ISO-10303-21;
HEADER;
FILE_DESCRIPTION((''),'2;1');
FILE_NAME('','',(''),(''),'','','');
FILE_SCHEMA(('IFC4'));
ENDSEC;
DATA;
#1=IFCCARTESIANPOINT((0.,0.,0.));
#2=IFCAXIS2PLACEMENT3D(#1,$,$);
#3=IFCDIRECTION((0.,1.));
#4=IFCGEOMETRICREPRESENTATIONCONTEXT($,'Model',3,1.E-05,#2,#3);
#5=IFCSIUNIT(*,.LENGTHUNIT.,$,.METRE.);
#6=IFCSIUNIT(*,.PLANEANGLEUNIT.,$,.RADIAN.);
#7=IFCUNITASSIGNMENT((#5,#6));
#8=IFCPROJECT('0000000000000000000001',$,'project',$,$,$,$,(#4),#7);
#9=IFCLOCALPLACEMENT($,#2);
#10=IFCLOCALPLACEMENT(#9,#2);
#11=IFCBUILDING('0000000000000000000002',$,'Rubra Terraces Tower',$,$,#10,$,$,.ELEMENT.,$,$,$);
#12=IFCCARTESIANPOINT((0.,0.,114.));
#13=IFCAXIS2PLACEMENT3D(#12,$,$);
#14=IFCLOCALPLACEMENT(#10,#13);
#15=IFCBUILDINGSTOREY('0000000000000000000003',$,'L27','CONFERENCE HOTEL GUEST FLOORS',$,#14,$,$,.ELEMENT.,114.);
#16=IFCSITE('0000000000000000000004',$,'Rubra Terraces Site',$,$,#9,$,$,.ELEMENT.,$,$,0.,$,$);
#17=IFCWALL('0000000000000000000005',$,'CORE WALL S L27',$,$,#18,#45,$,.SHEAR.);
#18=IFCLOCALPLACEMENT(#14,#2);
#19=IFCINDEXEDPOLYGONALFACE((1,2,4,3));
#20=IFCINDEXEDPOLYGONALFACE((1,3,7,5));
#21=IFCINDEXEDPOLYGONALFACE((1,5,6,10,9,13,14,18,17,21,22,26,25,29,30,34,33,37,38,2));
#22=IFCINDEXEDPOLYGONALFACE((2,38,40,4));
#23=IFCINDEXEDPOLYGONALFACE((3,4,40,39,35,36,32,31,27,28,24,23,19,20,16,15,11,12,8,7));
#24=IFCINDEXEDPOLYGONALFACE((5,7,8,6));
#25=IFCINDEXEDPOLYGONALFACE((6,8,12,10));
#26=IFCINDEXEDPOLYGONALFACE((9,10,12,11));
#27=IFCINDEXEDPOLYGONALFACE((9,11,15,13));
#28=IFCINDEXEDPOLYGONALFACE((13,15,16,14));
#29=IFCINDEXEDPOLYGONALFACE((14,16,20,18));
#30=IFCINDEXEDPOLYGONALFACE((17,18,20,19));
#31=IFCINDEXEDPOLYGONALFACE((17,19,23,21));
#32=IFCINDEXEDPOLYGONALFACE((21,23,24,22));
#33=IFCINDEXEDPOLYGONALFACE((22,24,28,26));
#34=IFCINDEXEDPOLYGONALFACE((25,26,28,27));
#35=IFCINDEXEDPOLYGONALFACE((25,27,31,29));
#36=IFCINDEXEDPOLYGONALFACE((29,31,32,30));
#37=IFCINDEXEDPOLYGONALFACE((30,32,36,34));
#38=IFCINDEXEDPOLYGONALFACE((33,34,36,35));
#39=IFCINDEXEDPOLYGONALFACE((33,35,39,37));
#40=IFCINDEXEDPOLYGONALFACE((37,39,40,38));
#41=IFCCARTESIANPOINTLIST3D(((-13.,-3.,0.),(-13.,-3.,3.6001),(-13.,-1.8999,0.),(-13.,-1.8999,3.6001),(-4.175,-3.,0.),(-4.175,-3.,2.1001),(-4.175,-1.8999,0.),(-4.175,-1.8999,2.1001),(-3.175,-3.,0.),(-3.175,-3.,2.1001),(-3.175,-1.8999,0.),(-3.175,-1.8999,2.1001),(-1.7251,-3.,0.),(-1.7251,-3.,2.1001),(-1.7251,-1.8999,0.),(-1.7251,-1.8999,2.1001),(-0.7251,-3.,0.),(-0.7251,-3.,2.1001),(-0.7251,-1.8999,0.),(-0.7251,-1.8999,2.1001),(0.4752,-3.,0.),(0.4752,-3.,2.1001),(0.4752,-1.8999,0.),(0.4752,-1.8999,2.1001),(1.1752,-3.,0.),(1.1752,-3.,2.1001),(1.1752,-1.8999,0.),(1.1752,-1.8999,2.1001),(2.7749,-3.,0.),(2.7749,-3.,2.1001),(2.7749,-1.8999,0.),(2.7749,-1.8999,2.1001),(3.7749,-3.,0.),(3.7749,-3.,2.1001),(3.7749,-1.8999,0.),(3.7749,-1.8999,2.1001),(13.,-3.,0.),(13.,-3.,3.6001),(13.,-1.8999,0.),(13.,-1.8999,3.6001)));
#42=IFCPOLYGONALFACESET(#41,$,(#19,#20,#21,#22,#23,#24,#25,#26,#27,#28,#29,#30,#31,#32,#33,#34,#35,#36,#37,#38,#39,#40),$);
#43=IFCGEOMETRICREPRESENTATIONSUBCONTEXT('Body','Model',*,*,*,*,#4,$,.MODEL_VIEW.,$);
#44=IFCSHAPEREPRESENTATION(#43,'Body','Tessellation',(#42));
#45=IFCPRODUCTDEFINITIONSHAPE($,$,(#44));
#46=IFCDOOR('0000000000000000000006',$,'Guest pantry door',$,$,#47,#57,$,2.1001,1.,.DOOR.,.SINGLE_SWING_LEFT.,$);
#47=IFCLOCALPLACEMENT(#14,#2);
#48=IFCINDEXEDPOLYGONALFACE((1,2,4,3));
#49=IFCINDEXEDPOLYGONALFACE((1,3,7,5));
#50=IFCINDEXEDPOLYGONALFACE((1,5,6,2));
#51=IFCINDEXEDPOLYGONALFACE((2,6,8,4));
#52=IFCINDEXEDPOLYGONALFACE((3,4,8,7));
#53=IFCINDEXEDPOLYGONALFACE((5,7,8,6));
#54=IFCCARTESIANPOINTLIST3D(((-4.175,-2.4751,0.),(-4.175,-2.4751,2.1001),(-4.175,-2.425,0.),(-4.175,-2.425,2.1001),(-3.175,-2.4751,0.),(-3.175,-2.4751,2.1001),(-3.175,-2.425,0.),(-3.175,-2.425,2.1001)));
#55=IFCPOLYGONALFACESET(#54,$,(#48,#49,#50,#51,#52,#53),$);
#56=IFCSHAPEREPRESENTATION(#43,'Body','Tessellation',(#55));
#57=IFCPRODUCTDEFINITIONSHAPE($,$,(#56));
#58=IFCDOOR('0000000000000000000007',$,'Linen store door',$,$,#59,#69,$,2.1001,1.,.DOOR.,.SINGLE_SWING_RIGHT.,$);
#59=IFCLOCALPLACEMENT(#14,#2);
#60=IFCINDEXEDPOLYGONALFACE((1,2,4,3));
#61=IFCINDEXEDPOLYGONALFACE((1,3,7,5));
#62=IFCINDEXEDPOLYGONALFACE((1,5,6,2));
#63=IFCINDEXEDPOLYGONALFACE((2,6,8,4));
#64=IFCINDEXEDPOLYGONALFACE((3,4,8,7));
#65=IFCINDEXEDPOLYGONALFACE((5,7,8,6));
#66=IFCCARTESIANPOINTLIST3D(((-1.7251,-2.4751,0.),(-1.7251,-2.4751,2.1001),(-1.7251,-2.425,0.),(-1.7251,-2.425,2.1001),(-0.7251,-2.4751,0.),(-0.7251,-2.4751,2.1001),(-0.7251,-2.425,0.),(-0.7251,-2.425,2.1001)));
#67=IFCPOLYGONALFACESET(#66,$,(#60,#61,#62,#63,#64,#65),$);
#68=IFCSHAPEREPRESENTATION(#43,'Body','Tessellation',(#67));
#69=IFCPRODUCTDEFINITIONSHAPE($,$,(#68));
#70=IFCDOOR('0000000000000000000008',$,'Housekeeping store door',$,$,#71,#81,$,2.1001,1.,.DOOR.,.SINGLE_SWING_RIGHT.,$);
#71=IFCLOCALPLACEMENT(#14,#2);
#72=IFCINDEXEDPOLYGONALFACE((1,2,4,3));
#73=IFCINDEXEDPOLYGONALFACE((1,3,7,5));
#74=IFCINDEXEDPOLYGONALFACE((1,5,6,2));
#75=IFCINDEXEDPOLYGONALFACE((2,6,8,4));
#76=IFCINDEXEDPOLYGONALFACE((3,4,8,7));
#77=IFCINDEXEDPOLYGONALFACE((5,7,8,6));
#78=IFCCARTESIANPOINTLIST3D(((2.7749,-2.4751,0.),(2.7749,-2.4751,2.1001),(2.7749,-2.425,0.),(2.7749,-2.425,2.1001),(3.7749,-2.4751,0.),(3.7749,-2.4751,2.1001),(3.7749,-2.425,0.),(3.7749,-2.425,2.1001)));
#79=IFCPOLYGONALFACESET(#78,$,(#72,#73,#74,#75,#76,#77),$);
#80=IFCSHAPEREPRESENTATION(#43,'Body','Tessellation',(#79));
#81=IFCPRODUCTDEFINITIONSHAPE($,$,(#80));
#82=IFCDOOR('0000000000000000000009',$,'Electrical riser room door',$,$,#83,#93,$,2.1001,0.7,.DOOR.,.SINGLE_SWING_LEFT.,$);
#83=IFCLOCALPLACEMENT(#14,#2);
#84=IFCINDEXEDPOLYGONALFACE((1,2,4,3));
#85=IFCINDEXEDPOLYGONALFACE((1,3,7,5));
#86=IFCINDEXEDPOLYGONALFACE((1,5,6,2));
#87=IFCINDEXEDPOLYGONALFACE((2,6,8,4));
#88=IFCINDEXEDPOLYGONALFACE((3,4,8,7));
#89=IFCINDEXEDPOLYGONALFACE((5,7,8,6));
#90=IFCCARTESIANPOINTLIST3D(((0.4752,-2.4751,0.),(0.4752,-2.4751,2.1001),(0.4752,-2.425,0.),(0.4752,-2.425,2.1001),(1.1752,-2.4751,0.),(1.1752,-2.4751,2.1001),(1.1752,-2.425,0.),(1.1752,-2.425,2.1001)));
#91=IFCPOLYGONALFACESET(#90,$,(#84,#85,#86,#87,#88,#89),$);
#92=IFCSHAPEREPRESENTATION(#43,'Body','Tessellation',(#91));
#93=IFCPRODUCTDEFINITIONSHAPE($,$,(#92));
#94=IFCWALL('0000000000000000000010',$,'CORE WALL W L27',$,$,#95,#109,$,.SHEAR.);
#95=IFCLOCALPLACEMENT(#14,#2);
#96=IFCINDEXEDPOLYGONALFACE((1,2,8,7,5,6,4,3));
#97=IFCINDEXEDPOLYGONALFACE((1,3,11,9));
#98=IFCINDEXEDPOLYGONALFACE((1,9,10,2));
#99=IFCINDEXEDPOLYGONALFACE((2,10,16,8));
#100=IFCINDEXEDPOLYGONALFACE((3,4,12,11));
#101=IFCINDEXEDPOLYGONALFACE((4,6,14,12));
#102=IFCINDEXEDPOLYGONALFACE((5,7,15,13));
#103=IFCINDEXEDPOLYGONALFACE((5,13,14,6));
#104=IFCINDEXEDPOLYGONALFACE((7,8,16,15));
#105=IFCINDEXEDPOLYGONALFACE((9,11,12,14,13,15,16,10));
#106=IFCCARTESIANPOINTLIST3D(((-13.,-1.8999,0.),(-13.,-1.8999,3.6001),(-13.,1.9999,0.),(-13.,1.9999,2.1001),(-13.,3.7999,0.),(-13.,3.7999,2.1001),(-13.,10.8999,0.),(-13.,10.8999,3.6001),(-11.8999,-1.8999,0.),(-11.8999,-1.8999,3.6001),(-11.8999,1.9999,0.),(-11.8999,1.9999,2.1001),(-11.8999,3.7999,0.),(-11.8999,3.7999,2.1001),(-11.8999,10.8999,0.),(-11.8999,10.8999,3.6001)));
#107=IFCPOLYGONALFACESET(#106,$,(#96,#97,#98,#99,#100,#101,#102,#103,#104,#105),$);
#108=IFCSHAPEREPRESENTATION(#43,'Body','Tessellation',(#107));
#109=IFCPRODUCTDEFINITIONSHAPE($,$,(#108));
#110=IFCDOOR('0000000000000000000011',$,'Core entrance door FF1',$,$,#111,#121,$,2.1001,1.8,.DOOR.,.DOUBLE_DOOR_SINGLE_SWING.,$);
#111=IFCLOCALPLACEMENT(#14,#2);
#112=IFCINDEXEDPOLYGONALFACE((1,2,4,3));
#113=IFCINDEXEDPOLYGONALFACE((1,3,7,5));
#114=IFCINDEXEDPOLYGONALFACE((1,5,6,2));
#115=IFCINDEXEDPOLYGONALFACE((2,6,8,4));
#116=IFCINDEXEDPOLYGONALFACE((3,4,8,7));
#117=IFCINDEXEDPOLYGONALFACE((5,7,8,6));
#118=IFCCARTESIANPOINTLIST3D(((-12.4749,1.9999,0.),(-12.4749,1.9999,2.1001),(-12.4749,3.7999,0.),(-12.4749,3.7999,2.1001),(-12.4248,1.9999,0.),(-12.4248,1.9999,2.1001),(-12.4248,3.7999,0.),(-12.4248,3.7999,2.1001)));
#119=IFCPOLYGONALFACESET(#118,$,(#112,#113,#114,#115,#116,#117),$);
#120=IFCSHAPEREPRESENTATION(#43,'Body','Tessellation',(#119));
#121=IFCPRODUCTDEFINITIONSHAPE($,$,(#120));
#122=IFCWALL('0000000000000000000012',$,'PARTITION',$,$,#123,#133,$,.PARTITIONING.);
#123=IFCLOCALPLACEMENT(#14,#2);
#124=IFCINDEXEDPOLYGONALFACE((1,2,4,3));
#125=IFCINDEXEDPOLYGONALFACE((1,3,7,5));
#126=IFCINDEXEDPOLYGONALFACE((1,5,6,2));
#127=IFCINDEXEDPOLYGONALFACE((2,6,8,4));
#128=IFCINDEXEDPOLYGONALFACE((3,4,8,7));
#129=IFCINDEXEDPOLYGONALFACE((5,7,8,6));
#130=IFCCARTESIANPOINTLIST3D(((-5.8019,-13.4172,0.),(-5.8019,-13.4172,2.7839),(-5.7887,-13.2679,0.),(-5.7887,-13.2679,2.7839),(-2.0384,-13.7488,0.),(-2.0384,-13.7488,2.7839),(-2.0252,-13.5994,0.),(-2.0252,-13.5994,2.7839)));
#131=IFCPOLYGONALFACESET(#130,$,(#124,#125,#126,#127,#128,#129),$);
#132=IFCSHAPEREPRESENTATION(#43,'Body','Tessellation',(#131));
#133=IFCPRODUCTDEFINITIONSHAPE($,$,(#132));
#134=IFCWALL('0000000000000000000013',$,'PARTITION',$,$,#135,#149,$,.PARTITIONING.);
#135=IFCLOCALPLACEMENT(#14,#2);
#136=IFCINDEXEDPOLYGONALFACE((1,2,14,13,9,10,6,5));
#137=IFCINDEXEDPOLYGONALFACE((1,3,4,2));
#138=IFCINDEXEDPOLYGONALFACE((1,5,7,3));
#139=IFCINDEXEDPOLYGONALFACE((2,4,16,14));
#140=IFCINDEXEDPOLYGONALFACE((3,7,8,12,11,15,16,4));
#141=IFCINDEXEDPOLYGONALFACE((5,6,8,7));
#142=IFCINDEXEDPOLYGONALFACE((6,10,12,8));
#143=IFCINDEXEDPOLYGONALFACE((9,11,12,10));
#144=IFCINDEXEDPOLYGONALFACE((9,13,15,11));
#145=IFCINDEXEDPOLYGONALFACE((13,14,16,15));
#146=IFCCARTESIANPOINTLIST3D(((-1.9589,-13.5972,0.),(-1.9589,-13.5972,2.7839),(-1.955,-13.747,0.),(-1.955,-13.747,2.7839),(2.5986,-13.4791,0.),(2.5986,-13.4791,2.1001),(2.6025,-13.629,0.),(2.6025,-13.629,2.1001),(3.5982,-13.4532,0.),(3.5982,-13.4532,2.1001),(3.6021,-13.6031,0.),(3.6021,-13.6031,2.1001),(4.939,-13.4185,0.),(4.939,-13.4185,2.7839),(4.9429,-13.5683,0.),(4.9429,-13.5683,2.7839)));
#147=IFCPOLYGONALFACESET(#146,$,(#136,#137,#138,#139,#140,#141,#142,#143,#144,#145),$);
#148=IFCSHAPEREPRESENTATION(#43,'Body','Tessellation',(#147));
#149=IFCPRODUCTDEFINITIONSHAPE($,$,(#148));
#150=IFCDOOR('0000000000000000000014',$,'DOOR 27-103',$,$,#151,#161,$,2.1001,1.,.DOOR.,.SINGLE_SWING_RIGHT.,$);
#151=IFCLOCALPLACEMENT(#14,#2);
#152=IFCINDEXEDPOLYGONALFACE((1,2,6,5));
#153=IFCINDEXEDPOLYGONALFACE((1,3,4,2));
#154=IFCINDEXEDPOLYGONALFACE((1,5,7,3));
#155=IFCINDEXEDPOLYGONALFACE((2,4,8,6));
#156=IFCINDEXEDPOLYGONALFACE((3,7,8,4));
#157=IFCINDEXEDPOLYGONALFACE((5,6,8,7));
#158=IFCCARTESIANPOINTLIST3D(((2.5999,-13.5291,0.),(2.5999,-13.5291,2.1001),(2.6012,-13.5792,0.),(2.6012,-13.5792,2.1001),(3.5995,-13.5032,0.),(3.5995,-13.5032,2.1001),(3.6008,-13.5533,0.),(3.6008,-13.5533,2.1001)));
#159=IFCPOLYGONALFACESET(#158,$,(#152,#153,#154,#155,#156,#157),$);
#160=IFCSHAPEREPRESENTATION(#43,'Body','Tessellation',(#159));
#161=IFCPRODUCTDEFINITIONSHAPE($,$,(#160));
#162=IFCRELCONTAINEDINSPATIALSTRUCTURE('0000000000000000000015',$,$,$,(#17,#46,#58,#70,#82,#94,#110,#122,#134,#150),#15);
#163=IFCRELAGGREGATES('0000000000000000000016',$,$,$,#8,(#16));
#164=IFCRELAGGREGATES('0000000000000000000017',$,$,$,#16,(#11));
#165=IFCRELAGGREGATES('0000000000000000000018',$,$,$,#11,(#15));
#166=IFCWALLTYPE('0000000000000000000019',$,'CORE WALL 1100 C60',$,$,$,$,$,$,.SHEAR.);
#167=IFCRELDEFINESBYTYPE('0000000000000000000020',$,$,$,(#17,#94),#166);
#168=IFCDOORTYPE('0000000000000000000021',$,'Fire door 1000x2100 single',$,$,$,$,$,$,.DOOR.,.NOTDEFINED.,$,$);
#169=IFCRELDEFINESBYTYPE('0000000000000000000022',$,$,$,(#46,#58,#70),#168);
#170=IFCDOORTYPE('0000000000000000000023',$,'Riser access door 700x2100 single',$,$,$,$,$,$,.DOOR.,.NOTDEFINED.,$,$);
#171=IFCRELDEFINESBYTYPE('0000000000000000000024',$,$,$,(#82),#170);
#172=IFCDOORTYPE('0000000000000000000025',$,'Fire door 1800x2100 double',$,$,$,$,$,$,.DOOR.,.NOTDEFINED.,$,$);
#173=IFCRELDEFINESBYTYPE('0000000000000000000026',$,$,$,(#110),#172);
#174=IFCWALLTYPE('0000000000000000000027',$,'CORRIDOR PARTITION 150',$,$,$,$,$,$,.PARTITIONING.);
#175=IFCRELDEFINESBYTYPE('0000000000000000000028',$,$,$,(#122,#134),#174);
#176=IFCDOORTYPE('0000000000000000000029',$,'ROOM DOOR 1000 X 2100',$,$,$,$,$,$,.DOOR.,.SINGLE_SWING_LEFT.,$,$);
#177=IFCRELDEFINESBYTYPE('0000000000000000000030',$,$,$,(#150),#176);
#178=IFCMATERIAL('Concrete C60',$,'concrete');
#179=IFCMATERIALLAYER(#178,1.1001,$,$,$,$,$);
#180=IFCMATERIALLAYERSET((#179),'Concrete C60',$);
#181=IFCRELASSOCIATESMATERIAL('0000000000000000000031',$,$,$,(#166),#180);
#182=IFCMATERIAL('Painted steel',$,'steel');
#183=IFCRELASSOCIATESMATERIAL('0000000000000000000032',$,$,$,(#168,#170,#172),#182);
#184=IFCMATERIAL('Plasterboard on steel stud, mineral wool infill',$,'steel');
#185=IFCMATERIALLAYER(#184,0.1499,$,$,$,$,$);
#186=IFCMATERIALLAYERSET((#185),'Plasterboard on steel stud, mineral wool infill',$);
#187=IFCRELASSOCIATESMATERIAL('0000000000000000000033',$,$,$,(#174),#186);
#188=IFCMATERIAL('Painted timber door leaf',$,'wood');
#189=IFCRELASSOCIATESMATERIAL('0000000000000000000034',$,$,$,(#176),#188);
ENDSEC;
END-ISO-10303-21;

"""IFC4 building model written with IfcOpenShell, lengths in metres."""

from ifc_helpers import new_model, si_unit, direction, frame, frame_2d, origin, place, context, subcontext, project, spatial, rectangle, extrude, material, layer, layer_set, type_object, element, fill, save


model = new_model("IFC4")

# Units and contexts
model_context = context("Model", 3, precision=1e-05, world=origin(), true_north=direction((0.0, 1.0)))
body_context = subcontext(model_context, "Body", "Model", "MODEL_VIEW")
ifc_project = project(units=[si_unit("LENGTHUNIT", "METRE"), si_unit("PLANEANGLEUNIT", "RADIAN")], contexts=[model_context])

# Site, building, storey
site_placement = place(None, origin())
site = spatial("IfcSite", under=ifc_project, at=site_placement, Name="Rubra Terraces Site", CompositionType="ELEMENT", RefElevation=0.0)
building_placement = place(site_placement, origin())
building = spatial("IfcBuilding", under=site, at=building_placement, Name="Rubra Terraces Tower", CompositionType="ELEMENT")
storey_placement = place(building_placement, frame((0.0, 0.0, 114.0)))
storey = spatial("IfcBuildingStorey", under=building, at=storey_placement, Name="L27", Description="CONFERENCE HOTEL GUEST FLOORS", CompositionType="ELEMENT", Elevation=114.0)

# Wall, openings, doors
ifc_material_1 = material(Name="Concrete C60", Category="concrete")
ifc_layer_1 = layer(ifc_material_1, 1.1001)
ifc_layer_set_1 = layer_set([ifc_layer_1], Name="Concrete C60")
wall_type_1 = type_object("IfcWallType", Name="CORE WALL 1100 C60", PredefinedType="SHEAR", material=ifc_layer_set_1)
wall_1_placement = place(storey_placement, frame((-13.0, -2.45, 0.0), z_axis=(0.0, 0.0, 1.0), x_axis=(1.0, 0.0, 0.0)))
wall_1 = element("IfcWall", 1, at=wall_1_placement, inside=storey, type_object=wall_type_1, Name="CORE WALL S L27", PredefinedType="SHEAR", context=body_context, shape_type="SweptSolid", body=[
    extrude(rectangle(XDim=26.0, YDim=1.1001, at=frame_2d((13.0, 0.0))), origin(), (0.0, 0.0, 1.0), 3.6001),
])
opening_1_placement = place(wall_1_placement, frame((8.825, 0.0, 0.0)))
opening_1 = element("IfcOpeningElement", 2, at=opening_1_placement, cuts=wall_1, PredefinedType="OPENING", context=body_context, shape_type="SweptSolid", body=[
    extrude(rectangle(XDim=1.0, YDim=2.1001, at=frame_2d((0.5, 1.05))), frame((0.0, 0.5601, 0.0), z_axis=(0.0, -1.0, 0.0), x_axis=(1.0, 0.0, 0.0)), (0.0, 0.0, 1.0), 1.1201),
])
opening_2_placement = place(wall_1_placement, frame((11.2749, 0.0, 0.0)))
opening_2 = element("IfcOpeningElement", 3, at=opening_2_placement, cuts=wall_1, PredefinedType="OPENING", context=body_context, shape_type="SweptSolid", body=[
    extrude(rectangle(XDim=1.0, YDim=2.1001, at=frame_2d((0.5, 1.05))), frame((0.0, 0.5601, 0.0), z_axis=(0.0, -1.0, 0.0), x_axis=(1.0, 0.0, 0.0)), (0.0, 0.0, 1.0), 1.1201),
])
opening_3_placement = place(wall_1_placement, frame((13.4751, 0.0, 0.0)))
opening_3 = element("IfcOpeningElement", 4, at=opening_3_placement, cuts=wall_1, PredefinedType="OPENING", context=body_context, shape_type="SweptSolid", body=[
    extrude(rectangle(XDim=0.7, YDim=2.1001, at=frame_2d((0.3501, 1.05))), frame((0.0, 0.5601, 0.0), z_axis=(0.0, -1.0, 0.0), x_axis=(1.0, 0.0, 0.0)), (0.0, 0.0, 1.0), 1.1201),
])
opening_4_placement = place(wall_1_placement, frame((15.7749, 0.0, 0.0)))
opening_4 = element("IfcOpeningElement", 5, at=opening_4_placement, cuts=wall_1, PredefinedType="OPENING", context=body_context, shape_type="SweptSolid", body=[
    extrude(rectangle(XDim=1.0, YDim=2.1001, at=frame_2d((0.5, 1.05))), frame((0.0, 0.5601, 0.0), z_axis=(0.0, -1.0, 0.0), x_axis=(1.0, 0.0, 0.0)), (0.0, 0.0, 1.0), 1.1201),
])
ifc_material_2 = material(Name="Painted steel", Category="steel")
door_type_1 = type_object("IfcDoorType", Name="Fire door 1000x2100 single", OperationType="NOTDEFINED", PredefinedType="DOOR", material=ifc_material_2)
door_1_placement = place(opening_1_placement, origin())
door_1 = element("IfcDoor", 6, at=door_1_placement, inside=storey, type_object=door_type_1, Name="Guest pantry door", OperationType="SINGLE_SWING_LEFT", OverallHeight=2.1001, OverallWidth=1.0, PredefinedType="DOOR", context=body_context, shape_type="SweptSolid", body=[
    extrude(rectangle(XDim=1.0, YDim=2.1001, at=frame_2d((0.5, 1.05))), frame((0.0, 0.0249, 0.0), z_axis=(0.0, -1.0, 0.0), x_axis=(1.0, 0.0, 0.0)), (0.0, 0.0, 1.0), 0.05),
])
fill(opening_1, door_1)
door_2_placement = place(opening_2_placement, origin())
door_2 = element("IfcDoor", 7, at=door_2_placement, inside=storey, type_object=door_type_1, Name="Linen store door", OperationType="SINGLE_SWING_RIGHT", OverallHeight=2.1001, OverallWidth=1.0, PredefinedType="DOOR", context=body_context, shape_type="SweptSolid", body=[
    extrude(rectangle(XDim=1.0, YDim=2.1001, at=frame_2d((0.5, 1.05))), frame((0.0, 0.0249, 0.0), z_axis=(0.0, -1.0, 0.0), x_axis=(1.0, 0.0, 0.0)), (0.0, 0.0, 1.0), 0.05),
])
fill(opening_2, door_2)
door_3_placement = place(opening_4_placement, origin())
door_3 = element("IfcDoor", 8, at=door_3_placement, inside=storey, type_object=door_type_1, Name="Housekeeping store door", OperationType="SINGLE_SWING_RIGHT", OverallHeight=2.1001, OverallWidth=1.0, PredefinedType="DOOR", context=body_context, shape_type="SweptSolid", body=[
    extrude(rectangle(XDim=1.0, YDim=2.1001, at=frame_2d((0.5, 1.05))), frame((0.0, 0.0249, 0.0), z_axis=(0.0, -1.0, 0.0), x_axis=(1.0, 0.0, 0.0)), (0.0, 0.0, 1.0), 0.05),
])
fill(opening_4, door_3)
door_type_2 = type_object("IfcDoorType", Name="Riser access door 700x2100 single", OperationType="NOTDEFINED", PredefinedType="DOOR", material=ifc_material_2)
door_4_placement = place(opening_3_placement, origin())
door_4 = element("IfcDoor", 9, at=door_4_placement, inside=storey, type_object=door_type_2, Name="Electrical riser room door", OperationType="SINGLE_SWING_LEFT", OverallHeight=2.1001, OverallWidth=0.7, PredefinedType="DOOR", context=body_context, shape_type="SweptSolid", body=[
    extrude(rectangle(XDim=0.7, YDim=2.1001, at=frame_2d((0.3501, 1.05))), frame((0.0, 0.0249, 0.0), z_axis=(0.0, -1.0, 0.0), x_axis=(1.0, 0.0, 0.0)), (0.0, 0.0, 1.0), 0.05),
])
fill(opening_3, door_4)

# Wall, opening, door
wall_2_placement = place(storey_placement, frame((-12.45, -1.8999, 0.0), z_axis=(0.0, 0.0, 1.0), x_axis=(0.0, 1.0, 0.0)))
wall_2 = element("IfcWall", 10, at=wall_2_placement, inside=storey, type_object=wall_type_1, Name="CORE WALL W L27", PredefinedType="SHEAR", context=body_context, shape_type="SweptSolid", body=[
    extrude(rectangle(XDim=12.7998, YDim=1.1001, at=frame_2d((6.3999, 0.0))), origin(), (0.0, 0.0, 1.0), 3.6001),
])
opening_5_placement = place(wall_2_placement, frame((3.8999, 0.0, 0.0)))
opening_5 = element("IfcOpeningElement", 11, at=opening_5_placement, cuts=wall_2, PredefinedType="OPENING", context=body_context, shape_type="SweptSolid", body=[
    extrude(rectangle(XDim=1.8, YDim=2.1001, at=frame_2d((0.8999, 1.05))), frame((0.0, 0.5601, 0.0), z_axis=(0.0, -1.0, 0.0), x_axis=(1.0, 0.0, 0.0)), (0.0, 0.0, 1.0), 1.1201),
])
door_type_3 = type_object("IfcDoorType", Name="Fire door 1800x2100 double", OperationType="NOTDEFINED", PredefinedType="DOOR", material=ifc_material_2)
door_5_placement = place(opening_5_placement, origin())
door_5 = element("IfcDoor", 12, at=door_5_placement, inside=storey, type_object=door_type_3, Name="Core entrance door FF1", OperationType="DOUBLE_DOOR_SINGLE_SWING", OverallHeight=2.1001, OverallWidth=1.8, PredefinedType="DOOR", context=body_context, shape_type="SweptSolid", body=[
    extrude(rectangle(XDim=1.8, YDim=2.1001, at=frame_2d((0.8999, 1.05))), frame((0.0, 0.0249, 0.0), z_axis=(0.0, -1.0, 0.0), x_axis=(1.0, 0.0, 0.0)), (0.0, 0.0, 1.0), 0.05),
])
fill(opening_5, door_5)

# Wall
ifc_material_3 = material(Name="Plasterboard on steel stud, mineral wool infill", Category="steel")
ifc_layer_2 = layer(ifc_material_3, 0.1499)
ifc_layer_set_2 = layer_set([ifc_layer_2], Name="Plasterboard on steel stud, mineral wool infill")
wall_type_2 = type_object("IfcWallType", Name="CORRIDOR PARTITION 150", PredefinedType="PARTITIONING", material=ifc_layer_set_2)
wall_3_placement = place(storey_placement, frame((-5.7954, -13.3425, 0.0), z_axis=(0.0, 0.0, 1.0), x_axis=(0.996142, -0.087756, 0.0)))
element("IfcWall", 13, at=wall_3_placement, inside=storey, type_object=wall_type_2, Name="PARTITION", PredefinedType="PARTITIONING", context=body_context, shape_type="SweptSolid", body=[
    extrude(rectangle(XDim=3.7781, YDim=0.1499, at=frame_2d((1.8892, 0.0))), origin(), (0.0, 0.0, 1.0), 2.7839),
])

# Wall, opening, door
wall_4_placement = place(storey_placement, frame((-1.957, -13.6721, 0.0), z_axis=(0.0, 0.0, 1.0), x_axis=(0.999665, 0.025899, 0.0)))
wall_4 = element("IfcWall", 14, at=wall_4_placement, inside=storey, type_object=wall_type_2, Name="PARTITION", PredefinedType="PARTITIONING", context=body_context, shape_type="SweptSolid", body=[
    extrude(rectangle(XDim=6.9001, YDim=0.1499, at=frame_2d((3.4502, 0.0))), origin(), (0.0, 0.0, 1.0), 2.7839),
])
opening_6_placement = place(wall_4_placement, frame((4.5591, 0.0, 0.0)))
opening_6 = element("IfcOpeningElement", 15, at=opening_6_placement, cuts=wall_4, PredefinedType="OPENING", context=body_context, shape_type="SweptSolid", body=[
    extrude(rectangle(XDim=1.0, YDim=2.1001, at=frame_2d((0.5, 1.05))), frame((0.0, 0.085, 0.0), z_axis=(0.0, -1.0, 0.0), x_axis=(1.0, 0.0, 0.0)), (0.0, 0.0, 1.0), 0.1699),
])
ifc_material_4 = material(Name="Painted timber door leaf", Category="wood")
door_type_4 = type_object("IfcDoorType", Name="ROOM DOOR 1000 X 2100", OperationType="SINGLE_SWING_LEFT", PredefinedType="DOOR", material=ifc_material_4)
door_6_placement = place(opening_6_placement, origin())
door_6 = element("IfcDoor", 16, at=door_6_placement, inside=storey, type_object=door_type_4, Name="DOOR 27-103", OperationType="SINGLE_SWING_RIGHT", OverallHeight=2.1001, OverallWidth=1.0, PredefinedType="DOOR", context=body_context, shape_type="SweptSolid", body=[
    extrude(rectangle(XDim=1.0, YDim=2.1001, at=frame_2d((0.5, 1.05))), frame((0.0, 0.0249, 0.0), z_axis=(0.0, -1.0, 0.0), x_axis=(1.0, 0.0, 0.0)), (0.0, 0.0, 1.0), 0.05),
])
fill(opening_6, door_6)

save(model, "model.ifc")
